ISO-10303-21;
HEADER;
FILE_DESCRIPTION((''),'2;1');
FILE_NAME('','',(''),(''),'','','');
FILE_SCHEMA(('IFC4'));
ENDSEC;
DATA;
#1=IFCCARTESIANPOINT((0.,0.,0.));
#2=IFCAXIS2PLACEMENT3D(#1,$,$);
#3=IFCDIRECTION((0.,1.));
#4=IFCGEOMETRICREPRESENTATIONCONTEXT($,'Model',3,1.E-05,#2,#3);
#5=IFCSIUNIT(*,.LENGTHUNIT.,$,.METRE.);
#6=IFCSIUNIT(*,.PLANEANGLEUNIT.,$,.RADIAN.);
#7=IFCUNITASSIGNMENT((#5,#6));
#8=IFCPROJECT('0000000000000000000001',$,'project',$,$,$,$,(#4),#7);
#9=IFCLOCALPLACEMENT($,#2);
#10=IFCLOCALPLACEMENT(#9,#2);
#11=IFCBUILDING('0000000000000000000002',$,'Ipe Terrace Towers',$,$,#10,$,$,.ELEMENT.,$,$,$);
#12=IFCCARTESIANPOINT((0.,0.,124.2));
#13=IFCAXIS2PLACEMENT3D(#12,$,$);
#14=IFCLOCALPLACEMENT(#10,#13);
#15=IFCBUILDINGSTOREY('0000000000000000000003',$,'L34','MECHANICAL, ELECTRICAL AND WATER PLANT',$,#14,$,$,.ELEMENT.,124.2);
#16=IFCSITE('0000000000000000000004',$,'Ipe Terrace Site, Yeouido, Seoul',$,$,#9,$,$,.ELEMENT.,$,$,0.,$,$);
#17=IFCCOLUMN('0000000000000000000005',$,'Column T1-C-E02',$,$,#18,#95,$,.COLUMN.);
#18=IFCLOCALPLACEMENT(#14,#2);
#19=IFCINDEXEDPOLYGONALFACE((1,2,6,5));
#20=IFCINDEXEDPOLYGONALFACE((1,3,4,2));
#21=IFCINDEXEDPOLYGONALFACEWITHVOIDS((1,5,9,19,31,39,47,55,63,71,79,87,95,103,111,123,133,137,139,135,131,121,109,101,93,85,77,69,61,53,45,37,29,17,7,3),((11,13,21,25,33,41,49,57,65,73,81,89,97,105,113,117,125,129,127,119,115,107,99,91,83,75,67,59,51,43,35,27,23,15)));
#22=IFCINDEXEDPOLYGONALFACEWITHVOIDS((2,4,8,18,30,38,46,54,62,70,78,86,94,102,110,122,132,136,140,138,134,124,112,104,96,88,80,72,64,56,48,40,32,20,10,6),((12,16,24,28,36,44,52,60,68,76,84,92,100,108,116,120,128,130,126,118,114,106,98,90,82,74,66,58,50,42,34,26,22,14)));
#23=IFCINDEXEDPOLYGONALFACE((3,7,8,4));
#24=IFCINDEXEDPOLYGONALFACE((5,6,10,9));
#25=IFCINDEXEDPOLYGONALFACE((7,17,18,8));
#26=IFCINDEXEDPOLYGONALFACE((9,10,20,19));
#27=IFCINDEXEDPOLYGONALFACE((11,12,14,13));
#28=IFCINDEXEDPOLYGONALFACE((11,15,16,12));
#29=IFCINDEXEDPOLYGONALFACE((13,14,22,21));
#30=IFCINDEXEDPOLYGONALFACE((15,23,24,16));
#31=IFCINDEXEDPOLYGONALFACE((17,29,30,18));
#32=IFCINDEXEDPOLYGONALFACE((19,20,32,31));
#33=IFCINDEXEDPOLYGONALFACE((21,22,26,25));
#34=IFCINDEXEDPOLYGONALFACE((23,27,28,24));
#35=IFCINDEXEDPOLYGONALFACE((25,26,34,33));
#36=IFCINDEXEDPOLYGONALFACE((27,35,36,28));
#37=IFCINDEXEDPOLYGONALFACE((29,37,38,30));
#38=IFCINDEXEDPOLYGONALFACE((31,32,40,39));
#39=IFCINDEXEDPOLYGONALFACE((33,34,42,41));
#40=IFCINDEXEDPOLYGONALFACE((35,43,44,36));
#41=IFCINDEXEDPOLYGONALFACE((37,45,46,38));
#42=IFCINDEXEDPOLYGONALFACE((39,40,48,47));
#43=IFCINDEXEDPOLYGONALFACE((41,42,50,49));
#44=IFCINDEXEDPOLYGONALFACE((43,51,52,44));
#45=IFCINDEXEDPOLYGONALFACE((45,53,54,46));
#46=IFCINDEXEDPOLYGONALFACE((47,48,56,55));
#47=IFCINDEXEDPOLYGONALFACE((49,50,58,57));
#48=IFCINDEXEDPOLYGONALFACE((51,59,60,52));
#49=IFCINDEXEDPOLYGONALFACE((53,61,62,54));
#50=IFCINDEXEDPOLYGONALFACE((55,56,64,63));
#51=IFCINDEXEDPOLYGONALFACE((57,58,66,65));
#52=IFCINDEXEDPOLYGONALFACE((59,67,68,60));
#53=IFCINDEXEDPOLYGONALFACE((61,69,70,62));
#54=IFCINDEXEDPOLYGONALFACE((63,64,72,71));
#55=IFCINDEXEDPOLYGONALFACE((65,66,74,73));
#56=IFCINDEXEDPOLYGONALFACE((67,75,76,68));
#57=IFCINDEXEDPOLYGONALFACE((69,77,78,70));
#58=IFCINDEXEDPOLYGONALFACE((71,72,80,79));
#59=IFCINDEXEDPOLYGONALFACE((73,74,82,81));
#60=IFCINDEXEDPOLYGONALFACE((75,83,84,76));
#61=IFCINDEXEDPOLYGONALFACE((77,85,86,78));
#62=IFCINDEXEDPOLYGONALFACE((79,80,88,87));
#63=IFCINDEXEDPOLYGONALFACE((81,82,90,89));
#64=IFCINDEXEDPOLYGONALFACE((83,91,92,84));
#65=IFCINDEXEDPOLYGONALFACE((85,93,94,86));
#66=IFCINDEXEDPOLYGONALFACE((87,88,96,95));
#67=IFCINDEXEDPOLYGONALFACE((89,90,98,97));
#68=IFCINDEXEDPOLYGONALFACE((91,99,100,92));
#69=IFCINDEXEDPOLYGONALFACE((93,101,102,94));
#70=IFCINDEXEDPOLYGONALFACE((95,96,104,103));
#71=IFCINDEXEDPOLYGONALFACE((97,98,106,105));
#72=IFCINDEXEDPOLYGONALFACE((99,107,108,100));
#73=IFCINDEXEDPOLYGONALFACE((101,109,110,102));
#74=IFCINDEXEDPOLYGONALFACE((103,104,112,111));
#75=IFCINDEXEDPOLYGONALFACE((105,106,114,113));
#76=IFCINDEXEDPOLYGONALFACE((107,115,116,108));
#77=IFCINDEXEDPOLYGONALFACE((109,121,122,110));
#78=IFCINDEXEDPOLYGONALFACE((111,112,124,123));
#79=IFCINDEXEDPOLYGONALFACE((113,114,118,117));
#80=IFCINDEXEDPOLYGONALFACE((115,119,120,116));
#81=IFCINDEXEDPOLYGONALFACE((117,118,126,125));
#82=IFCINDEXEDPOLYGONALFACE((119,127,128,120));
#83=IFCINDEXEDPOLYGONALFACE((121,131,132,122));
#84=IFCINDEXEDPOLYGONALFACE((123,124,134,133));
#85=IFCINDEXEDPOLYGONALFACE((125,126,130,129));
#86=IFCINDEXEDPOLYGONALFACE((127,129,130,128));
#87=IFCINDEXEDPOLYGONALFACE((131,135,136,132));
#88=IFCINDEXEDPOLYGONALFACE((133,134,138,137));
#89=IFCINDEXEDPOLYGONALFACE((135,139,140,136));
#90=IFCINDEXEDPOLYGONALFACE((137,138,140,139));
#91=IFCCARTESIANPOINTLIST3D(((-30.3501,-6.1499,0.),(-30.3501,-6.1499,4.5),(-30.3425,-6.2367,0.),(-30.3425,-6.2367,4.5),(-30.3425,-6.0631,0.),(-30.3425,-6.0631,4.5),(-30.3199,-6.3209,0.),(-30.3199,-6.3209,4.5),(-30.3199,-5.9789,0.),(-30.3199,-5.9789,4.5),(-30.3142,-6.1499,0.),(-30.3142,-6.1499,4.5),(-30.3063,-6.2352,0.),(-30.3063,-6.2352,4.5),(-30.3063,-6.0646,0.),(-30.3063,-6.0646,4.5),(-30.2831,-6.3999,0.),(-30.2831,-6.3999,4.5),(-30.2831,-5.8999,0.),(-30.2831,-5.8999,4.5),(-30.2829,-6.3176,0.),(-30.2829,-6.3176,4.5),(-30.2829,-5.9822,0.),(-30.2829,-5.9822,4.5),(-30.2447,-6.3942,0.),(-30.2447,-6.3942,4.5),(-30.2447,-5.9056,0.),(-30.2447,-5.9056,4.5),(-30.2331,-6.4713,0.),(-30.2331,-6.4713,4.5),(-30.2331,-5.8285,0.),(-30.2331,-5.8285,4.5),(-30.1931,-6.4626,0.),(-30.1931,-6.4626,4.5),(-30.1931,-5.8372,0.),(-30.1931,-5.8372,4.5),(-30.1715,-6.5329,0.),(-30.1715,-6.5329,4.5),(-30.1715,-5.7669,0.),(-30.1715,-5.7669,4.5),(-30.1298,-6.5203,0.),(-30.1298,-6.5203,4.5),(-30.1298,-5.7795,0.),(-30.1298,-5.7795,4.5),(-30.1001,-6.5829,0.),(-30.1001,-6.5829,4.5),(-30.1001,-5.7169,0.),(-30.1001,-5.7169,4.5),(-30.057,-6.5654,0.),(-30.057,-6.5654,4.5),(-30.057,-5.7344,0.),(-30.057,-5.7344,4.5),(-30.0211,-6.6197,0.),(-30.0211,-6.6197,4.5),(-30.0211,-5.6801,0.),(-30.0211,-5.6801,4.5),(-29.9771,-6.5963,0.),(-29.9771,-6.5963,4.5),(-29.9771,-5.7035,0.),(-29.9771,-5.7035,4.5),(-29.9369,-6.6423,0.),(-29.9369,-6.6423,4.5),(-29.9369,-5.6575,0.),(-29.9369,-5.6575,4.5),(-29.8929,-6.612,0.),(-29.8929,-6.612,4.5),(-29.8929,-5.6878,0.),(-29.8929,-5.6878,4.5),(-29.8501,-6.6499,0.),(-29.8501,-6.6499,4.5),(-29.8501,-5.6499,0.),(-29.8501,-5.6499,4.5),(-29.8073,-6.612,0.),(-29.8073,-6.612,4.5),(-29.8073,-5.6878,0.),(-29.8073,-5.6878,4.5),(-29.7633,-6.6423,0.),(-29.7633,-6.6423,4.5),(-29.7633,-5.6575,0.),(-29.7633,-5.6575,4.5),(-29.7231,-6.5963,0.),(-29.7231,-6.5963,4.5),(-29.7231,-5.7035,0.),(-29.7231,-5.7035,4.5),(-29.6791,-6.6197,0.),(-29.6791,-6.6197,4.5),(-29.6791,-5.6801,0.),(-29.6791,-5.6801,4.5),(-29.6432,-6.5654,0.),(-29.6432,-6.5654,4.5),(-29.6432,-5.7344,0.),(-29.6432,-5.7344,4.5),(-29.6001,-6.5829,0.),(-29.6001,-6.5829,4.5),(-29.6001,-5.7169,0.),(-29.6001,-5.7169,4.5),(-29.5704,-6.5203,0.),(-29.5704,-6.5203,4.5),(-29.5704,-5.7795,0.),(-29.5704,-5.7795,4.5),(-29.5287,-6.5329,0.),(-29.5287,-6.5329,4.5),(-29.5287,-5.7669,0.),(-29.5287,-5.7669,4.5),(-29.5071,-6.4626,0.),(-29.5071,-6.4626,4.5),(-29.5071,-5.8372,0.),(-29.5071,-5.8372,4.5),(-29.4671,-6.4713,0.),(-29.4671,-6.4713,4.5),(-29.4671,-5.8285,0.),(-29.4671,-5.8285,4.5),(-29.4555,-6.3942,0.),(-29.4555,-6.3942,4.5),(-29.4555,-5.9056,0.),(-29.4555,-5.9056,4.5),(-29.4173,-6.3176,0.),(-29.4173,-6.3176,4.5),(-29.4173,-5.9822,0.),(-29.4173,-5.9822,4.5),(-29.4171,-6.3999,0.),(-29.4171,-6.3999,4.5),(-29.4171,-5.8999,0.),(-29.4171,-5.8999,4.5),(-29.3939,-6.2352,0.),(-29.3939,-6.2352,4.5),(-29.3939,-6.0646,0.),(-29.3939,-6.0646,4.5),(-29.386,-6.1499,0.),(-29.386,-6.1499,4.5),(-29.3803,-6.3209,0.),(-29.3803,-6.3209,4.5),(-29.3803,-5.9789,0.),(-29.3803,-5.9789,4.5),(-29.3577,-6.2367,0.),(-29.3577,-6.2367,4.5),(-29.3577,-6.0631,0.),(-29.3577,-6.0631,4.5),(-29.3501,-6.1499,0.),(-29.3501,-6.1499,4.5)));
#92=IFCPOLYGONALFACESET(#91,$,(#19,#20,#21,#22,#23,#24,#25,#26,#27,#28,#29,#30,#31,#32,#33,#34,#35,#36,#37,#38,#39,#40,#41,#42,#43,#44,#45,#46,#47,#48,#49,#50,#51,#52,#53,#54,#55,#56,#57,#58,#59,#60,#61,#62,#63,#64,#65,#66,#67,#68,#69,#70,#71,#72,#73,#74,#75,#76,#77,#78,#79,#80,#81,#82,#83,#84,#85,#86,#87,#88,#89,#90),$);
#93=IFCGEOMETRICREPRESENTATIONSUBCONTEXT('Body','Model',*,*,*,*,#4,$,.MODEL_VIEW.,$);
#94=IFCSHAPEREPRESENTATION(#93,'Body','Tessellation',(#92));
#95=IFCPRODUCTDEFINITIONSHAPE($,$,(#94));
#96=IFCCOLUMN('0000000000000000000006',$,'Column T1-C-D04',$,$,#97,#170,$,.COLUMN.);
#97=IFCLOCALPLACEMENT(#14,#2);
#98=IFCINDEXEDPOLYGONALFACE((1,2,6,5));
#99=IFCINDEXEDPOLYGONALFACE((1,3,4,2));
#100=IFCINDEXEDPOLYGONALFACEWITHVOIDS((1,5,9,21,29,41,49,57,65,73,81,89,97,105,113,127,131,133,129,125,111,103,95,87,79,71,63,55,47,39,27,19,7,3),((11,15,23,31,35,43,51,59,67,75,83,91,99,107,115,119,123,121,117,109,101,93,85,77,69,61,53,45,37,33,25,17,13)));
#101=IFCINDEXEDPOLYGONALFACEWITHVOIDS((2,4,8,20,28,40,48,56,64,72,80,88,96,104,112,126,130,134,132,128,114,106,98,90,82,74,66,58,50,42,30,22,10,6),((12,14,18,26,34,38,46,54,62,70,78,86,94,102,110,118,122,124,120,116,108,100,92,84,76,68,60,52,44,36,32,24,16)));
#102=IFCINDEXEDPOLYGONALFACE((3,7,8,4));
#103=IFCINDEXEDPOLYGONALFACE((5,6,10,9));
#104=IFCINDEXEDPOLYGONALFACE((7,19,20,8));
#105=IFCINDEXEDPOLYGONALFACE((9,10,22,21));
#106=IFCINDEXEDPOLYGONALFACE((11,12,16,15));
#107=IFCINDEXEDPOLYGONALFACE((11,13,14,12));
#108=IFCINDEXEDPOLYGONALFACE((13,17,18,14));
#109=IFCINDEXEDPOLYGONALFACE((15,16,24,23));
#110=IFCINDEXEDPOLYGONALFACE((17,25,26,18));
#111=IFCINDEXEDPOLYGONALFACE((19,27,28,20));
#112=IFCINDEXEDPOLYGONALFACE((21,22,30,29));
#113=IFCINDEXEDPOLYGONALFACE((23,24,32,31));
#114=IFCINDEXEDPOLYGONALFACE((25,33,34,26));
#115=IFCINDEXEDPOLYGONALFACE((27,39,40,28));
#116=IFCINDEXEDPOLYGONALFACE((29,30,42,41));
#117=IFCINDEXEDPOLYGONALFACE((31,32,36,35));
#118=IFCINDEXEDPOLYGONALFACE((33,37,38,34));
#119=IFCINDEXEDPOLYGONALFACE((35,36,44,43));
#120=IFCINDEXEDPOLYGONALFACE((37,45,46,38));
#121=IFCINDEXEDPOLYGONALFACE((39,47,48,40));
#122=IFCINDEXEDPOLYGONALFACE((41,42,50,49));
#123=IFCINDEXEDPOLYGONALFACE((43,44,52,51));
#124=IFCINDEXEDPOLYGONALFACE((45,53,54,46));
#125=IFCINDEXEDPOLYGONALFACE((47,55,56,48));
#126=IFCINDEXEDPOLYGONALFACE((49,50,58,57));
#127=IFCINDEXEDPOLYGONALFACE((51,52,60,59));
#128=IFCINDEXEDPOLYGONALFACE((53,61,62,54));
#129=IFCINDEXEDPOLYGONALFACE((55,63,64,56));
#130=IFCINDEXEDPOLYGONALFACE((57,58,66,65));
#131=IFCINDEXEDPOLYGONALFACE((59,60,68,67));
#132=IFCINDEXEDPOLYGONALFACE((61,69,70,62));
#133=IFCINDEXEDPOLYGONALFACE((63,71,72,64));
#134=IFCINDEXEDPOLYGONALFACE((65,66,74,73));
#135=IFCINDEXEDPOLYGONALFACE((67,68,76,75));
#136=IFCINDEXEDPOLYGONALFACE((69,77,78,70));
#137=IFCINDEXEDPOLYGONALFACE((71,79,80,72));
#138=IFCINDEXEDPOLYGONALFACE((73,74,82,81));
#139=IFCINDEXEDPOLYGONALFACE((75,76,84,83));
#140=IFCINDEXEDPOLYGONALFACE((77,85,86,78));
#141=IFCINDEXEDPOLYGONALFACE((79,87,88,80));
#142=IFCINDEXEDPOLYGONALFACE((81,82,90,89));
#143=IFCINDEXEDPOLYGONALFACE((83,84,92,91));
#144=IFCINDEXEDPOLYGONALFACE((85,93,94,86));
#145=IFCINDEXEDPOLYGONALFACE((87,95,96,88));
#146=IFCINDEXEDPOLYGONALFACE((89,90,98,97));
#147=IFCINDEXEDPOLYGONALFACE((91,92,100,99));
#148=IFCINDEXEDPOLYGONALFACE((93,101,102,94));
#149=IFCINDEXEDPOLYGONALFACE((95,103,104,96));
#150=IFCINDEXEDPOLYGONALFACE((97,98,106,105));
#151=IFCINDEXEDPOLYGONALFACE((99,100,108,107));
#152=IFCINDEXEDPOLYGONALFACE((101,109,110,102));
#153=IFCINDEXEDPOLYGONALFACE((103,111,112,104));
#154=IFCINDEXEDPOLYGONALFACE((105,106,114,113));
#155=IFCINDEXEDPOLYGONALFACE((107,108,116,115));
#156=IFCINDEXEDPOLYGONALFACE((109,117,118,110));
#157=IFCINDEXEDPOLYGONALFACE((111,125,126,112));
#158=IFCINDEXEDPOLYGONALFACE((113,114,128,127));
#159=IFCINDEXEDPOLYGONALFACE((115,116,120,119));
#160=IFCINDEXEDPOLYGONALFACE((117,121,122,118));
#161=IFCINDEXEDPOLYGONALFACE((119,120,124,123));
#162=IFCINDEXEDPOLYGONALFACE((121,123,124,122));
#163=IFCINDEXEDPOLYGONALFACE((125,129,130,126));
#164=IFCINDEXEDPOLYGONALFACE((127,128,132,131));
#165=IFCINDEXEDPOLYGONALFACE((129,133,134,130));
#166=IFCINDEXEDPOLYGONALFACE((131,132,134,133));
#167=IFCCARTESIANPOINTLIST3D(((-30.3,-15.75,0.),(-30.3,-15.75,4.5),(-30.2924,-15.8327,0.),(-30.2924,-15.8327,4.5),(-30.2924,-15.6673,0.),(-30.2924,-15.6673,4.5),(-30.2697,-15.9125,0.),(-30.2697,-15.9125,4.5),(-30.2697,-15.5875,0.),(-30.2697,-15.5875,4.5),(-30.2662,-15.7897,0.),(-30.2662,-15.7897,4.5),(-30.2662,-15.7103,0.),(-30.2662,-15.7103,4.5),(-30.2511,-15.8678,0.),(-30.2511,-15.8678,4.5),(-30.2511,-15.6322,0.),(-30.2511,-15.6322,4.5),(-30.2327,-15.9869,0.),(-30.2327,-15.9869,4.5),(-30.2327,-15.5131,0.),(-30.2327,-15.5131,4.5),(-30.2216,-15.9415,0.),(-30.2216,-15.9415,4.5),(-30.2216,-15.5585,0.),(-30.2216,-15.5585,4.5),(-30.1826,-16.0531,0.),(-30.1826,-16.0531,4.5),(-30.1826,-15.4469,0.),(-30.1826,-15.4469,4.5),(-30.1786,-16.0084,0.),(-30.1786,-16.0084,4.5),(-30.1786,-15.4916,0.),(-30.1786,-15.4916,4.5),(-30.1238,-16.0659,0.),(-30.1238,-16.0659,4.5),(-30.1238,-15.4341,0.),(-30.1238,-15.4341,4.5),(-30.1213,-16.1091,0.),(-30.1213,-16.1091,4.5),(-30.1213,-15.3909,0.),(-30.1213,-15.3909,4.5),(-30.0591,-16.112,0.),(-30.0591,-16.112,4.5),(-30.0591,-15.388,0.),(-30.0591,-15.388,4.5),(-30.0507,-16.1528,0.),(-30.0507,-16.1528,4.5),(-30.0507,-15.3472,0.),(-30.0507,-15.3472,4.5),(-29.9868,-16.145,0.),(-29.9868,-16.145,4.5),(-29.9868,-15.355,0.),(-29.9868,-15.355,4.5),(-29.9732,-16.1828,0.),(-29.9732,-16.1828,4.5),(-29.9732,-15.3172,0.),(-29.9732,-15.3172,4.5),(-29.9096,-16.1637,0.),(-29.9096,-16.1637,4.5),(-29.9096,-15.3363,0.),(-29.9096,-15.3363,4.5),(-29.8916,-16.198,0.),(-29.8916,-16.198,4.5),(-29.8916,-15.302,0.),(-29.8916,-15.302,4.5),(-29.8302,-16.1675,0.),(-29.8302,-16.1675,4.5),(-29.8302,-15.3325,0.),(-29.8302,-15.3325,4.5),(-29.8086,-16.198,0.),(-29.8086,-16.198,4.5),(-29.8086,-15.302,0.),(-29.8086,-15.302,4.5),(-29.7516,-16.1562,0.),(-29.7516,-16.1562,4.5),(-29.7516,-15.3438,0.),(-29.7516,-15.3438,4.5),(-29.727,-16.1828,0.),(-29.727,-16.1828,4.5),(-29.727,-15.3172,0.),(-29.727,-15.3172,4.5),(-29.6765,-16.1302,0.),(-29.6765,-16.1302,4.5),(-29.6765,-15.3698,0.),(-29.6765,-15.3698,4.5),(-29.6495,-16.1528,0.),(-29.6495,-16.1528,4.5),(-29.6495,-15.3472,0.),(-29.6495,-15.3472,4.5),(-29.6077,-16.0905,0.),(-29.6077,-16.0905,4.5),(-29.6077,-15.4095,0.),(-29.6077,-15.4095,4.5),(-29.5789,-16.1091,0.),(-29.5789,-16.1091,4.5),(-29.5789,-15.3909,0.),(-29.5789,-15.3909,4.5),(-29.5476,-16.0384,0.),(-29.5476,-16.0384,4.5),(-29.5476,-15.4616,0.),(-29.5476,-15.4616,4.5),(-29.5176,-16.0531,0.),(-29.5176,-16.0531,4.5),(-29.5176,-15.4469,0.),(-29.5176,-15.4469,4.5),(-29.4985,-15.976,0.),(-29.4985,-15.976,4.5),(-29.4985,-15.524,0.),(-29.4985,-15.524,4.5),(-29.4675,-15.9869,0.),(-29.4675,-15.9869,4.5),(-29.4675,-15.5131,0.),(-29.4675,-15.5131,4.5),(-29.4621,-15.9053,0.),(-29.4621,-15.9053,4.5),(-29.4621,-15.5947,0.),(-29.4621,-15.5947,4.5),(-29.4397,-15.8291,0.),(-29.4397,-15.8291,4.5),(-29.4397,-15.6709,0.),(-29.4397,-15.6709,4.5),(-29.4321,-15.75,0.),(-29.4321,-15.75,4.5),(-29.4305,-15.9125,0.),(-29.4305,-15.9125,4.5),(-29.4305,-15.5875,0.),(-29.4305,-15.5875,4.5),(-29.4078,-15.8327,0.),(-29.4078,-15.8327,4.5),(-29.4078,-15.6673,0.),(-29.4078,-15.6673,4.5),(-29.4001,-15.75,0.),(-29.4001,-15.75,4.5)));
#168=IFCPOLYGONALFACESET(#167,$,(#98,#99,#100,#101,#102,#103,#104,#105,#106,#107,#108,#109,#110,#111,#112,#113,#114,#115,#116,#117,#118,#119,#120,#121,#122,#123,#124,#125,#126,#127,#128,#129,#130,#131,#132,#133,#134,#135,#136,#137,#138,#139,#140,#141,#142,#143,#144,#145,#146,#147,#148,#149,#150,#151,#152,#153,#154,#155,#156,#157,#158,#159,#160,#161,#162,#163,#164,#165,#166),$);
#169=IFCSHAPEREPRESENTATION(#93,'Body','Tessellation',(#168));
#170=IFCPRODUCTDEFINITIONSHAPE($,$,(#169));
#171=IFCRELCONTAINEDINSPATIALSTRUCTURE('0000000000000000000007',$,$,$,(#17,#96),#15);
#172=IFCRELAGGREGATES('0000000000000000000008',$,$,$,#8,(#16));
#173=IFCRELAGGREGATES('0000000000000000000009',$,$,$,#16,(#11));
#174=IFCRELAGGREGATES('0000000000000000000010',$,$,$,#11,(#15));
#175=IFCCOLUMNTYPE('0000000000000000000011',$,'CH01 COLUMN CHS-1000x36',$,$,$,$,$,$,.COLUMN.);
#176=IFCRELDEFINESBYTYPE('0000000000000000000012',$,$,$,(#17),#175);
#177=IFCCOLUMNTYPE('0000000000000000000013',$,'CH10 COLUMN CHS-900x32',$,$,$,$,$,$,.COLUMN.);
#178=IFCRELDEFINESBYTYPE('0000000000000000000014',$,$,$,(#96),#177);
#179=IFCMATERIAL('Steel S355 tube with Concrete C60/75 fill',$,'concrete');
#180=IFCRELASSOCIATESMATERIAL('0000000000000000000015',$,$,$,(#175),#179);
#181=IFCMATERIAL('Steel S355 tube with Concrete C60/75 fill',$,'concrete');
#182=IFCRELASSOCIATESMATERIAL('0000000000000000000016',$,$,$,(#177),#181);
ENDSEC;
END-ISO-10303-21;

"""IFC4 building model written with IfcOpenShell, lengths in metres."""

from ifc_helpers import new_model, si_unit, direction, frame, origin, origin_2d, place, context, subcontext, project, spatial, hollow_circle, extrude, material, material_profile, profile_set, type_object, element, save


model = new_model("IFC4")

# Units and contexts
model_context = context("Model", 3, precision=1e-05, world=origin(), true_north=direction((0.0, 1.0)))
body_context = subcontext(model_context, "Body", "Model", "MODEL_VIEW")
ifc_project = project(units=[si_unit("LENGTHUNIT", "METRE"), si_unit("PLANEANGLEUNIT", "RADIAN")], contexts=[model_context])

# Site, building, storey
site_placement = place(None, origin())
site = spatial("IfcSite", under=ifc_project, at=site_placement, Name="Ipe Terrace Site, Yeouido, Seoul", CompositionType="ELEMENT", RefElevation=0.0)
building_placement = place(site_placement, origin())
building = spatial("IfcBuilding", under=site, at=building_placement, Name="Ipe Terrace Towers", CompositionType="ELEMENT")
storey_placement = place(building_placement, frame((0.0, 0.0, 124.2)))
storey = spatial("IfcBuildingStorey", under=building, at=storey_placement, Name="L34", Description="MECHANICAL, ELECTRICAL AND WATER PLANT", CompositionType="ELEMENT", Elevation=124.2)

# Columns
ifc_material_1 = material(Name="Steel S355 tube with Concrete C60/75 fill", Category="concrete")
ifc_material_profile_1 = material_profile(ifc_material_1, hollow_circle(Radius=0.5, WallThickness=0.0359, at=origin_2d()), Name="CHS-1000x36")
ifc_profile_set_1 = profile_set([ifc_material_profile_1], Name="Steel S355 tube with Concrete C60/75 fill")
column_type_1 = type_object("IfcColumnType", Name="CH01 COLUMN CHS-1000x36", PredefinedType="COLUMN", material=ifc_profile_set_1)
column_placement = place(storey_placement, frame((-29.8501, -6.1499, 0.0), z_axis=(0.0, 0.0, 1.0), x_axis=(1.0, 0.0, 0.0)))
element("IfcColumn", 1, at=column_placement, inside=storey, type_object=column_type_1, Name="Column T1-C-E02", PredefinedType="COLUMN", context=body_context, shape_type="SweptSolid", body=[
    extrude(hollow_circle(Radius=0.5, WallThickness=0.0359, at=origin_2d()), origin(), (0.0, 0.0, 1.0), 4.5),
])
ifc_material_2 = material(Name="Steel S355 tube with Concrete C60/75 fill", Category="concrete")
ifc_material_profile_2 = material_profile(ifc_material_2, hollow_circle(Radius=0.45, WallThickness=0.032, at=origin_2d()), Name="CHS-900x32")
ifc_profile_set_2 = profile_set([ifc_material_profile_2], Name="Steel S355 tube with Concrete C60/75 fill")
column_type_2 = type_object("IfcColumnType", Name="CH10 COLUMN CHS-900x32", PredefinedType="COLUMN", material=ifc_profile_set_2)
for number, where, z_axis, x_axis, name in (
    (2, (-29.8501, -15.75, 0.0), (0.0, 0.0, 1.0), (1.0, 0.0, 0.0), "Column T1-C-D04"),
):
    element("IfcColumn", number, at=place(storey_placement, frame(where, z_axis=z_axis, x_axis=x_axis)), inside=storey, type_object=column_type_2, Name=name, PredefinedType="COLUMN", context=body_context, shape_type="SweptSolid", body=[
        extrude(hollow_circle(Radius=0.45, WallThickness=0.032, at=origin_2d()), origin(), (0.0, 0.0, 1.0), 4.5),
    ])

save(model, "model.ifc")
